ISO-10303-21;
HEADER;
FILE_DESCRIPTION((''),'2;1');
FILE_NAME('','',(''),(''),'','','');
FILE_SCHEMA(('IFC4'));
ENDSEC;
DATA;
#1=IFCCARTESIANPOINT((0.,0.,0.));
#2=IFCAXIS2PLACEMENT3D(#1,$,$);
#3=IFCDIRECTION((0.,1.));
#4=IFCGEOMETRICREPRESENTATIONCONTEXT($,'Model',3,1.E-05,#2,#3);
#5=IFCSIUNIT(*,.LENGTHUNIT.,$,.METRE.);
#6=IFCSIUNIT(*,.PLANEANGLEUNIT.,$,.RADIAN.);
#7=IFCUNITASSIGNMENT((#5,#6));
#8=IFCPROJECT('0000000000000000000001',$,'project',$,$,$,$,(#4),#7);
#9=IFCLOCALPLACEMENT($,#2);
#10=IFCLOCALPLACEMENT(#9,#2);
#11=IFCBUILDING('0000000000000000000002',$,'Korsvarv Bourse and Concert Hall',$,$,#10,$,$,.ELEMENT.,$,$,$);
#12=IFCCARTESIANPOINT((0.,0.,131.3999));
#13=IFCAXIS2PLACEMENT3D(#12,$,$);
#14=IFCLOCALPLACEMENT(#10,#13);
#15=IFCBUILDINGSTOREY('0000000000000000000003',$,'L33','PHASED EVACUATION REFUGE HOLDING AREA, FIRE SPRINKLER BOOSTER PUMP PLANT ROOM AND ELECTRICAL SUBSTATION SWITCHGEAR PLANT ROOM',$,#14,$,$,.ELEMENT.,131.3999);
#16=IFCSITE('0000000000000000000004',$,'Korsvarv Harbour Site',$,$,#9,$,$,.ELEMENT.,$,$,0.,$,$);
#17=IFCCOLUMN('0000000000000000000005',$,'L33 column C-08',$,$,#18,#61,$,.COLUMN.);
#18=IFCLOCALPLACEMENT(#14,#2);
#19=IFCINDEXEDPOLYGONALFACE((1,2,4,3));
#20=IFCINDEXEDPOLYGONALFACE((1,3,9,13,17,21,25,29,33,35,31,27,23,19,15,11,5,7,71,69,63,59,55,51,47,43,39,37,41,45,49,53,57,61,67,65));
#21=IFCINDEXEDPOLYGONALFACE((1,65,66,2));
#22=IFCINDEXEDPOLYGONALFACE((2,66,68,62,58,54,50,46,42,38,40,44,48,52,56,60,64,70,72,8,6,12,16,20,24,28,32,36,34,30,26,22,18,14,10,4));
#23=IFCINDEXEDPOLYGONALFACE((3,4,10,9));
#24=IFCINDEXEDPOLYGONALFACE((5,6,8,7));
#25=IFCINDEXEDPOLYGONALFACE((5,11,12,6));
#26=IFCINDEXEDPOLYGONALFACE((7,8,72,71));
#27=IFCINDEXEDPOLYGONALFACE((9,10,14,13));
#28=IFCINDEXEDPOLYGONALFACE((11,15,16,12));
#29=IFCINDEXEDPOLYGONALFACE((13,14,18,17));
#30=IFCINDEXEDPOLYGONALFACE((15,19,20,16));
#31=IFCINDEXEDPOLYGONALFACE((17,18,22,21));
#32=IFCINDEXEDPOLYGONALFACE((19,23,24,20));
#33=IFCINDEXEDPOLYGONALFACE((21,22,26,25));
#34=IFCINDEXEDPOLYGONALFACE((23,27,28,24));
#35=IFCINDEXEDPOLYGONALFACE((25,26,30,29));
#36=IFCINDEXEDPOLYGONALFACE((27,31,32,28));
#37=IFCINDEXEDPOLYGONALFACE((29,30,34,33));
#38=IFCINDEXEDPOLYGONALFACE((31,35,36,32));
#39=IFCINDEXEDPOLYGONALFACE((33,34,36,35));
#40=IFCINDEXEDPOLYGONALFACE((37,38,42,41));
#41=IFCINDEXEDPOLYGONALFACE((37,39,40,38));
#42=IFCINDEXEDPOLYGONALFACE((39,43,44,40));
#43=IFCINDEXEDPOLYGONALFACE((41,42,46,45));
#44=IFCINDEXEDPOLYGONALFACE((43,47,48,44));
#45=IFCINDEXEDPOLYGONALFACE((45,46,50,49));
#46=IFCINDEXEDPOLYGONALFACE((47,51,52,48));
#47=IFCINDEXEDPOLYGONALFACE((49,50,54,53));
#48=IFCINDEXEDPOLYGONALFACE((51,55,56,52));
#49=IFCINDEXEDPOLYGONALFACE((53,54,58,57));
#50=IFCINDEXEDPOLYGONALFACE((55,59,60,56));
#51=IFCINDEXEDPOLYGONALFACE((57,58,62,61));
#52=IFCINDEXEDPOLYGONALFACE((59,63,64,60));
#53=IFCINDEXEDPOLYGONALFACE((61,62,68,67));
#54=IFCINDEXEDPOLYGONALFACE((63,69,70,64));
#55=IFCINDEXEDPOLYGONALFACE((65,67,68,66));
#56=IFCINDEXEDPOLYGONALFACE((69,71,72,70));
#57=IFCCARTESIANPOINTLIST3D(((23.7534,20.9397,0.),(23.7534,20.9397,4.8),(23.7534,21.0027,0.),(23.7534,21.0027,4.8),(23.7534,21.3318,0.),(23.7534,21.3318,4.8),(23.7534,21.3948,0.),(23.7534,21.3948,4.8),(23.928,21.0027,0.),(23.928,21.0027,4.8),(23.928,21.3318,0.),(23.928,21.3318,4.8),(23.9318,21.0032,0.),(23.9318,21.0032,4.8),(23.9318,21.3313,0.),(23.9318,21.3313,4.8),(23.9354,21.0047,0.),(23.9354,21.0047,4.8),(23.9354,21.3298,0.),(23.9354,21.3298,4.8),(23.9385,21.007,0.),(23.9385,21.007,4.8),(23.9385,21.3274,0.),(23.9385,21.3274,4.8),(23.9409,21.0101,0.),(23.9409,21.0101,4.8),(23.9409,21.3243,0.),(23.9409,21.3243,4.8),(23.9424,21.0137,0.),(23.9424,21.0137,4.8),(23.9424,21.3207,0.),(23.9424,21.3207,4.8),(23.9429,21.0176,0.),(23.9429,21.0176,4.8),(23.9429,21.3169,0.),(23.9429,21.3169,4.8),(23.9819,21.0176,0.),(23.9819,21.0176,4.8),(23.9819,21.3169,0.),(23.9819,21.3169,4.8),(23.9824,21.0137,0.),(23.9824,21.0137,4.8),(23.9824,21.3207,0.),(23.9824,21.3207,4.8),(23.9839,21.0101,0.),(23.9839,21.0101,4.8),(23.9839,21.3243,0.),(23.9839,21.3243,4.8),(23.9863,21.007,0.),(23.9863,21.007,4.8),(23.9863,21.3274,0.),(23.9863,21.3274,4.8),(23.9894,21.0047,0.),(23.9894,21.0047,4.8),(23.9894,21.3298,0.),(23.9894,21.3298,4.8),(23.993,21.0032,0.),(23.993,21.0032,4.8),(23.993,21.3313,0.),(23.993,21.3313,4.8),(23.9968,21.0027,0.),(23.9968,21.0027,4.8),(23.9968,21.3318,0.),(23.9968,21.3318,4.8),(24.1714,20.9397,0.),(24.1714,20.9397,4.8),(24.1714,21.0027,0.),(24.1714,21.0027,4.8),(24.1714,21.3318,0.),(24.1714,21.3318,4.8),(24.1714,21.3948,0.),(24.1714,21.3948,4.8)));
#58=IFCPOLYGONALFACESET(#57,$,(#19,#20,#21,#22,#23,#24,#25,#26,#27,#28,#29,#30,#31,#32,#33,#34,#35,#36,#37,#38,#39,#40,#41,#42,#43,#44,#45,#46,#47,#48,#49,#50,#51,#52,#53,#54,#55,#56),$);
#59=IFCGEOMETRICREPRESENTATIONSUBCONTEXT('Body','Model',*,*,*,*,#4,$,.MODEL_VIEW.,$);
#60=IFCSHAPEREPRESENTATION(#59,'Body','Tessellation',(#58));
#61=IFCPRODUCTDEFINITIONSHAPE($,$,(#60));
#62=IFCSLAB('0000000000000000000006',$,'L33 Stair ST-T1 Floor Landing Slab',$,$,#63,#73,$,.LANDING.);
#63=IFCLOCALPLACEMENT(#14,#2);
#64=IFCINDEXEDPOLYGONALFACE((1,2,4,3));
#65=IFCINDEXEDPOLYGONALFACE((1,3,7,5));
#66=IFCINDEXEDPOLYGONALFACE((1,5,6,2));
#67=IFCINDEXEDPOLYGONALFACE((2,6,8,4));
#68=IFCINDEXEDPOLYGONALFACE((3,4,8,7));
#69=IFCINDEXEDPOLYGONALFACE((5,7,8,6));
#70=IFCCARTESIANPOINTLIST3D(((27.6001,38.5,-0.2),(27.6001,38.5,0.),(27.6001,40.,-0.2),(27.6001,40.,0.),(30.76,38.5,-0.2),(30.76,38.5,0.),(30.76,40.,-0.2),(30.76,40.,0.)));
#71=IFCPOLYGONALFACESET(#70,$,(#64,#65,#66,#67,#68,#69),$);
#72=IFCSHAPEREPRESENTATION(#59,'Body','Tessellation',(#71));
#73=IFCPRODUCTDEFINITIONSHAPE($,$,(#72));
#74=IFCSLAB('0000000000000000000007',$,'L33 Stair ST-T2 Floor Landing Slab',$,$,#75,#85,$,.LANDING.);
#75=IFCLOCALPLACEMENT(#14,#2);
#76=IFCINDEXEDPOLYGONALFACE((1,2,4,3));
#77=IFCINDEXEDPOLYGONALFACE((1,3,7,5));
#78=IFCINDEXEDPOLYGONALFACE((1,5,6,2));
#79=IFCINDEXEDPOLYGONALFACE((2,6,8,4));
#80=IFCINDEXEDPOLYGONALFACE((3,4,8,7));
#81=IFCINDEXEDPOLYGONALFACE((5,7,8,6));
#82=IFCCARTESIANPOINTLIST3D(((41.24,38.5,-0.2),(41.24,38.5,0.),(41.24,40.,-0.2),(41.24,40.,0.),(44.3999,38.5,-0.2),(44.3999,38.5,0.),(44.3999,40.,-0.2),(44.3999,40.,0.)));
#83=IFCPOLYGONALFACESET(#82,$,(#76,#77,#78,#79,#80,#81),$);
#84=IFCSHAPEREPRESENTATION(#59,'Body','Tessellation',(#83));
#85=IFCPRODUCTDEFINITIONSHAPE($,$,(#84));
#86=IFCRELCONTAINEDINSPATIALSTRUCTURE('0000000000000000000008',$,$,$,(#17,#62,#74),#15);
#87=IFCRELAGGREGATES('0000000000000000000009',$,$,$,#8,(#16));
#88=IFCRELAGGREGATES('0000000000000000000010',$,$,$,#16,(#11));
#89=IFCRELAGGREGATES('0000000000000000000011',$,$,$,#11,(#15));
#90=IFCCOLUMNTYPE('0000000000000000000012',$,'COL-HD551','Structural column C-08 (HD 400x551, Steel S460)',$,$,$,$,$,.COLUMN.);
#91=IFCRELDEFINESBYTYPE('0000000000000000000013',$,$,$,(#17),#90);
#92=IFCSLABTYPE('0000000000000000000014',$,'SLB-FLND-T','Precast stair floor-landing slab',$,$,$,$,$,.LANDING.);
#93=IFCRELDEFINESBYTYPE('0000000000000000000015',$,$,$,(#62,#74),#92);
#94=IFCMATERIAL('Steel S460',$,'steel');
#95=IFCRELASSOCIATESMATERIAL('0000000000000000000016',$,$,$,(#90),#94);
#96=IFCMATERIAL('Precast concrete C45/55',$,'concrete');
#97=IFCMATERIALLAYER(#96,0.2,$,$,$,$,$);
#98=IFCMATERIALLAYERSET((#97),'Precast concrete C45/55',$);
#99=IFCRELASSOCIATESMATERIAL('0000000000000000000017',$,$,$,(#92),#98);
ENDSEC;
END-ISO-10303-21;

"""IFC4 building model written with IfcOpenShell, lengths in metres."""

from ifc_helpers import new_model, si_unit, direction, frame, origin, origin_2d, place, context, subcontext, project, spatial, polyline, i_section, outline, extrude, source, transform, mapped, material, layer, layer_set, material_profile, profile_set, type_object, element, save


model = new_model("IFC4")

# Units and contexts
model_context = context("Model", 3, precision=1e-05, world=origin(), true_north=direction((0.0, 1.0)))
body_context = subcontext(model_context, "Body", "Model", "MODEL_VIEW")
ifc_project = project(units=[si_unit("LENGTHUNIT", "METRE"), si_unit("PLANEANGLEUNIT", "RADIAN")], contexts=[model_context])

# Site, building, storey
site_placement = place(None, origin())
site = spatial("IfcSite", under=ifc_project, at=site_placement, Name="Korsvarv Harbour Site", CompositionType="ELEMENT", RefElevation=0.0)
building_placement = place(site_placement, origin())
building = spatial("IfcBuilding", under=site, at=building_placement, Name="Korsvarv Bourse and Concert Hall", CompositionType="ELEMENT")
storey_placement = place(building_placement, frame((0.0, 0.0, 131.3999)))
storey = spatial("IfcBuildingStorey", under=building, at=storey_placement, Name="L33", Description="PHASED EVACUATION REFUGE HOLDING AREA, FIRE SPRINKLER BOOSTER PUMP PLANT ROOM AND ELECTRICAL SUBSTATION SWITCHGEAR PLANT ROOM", CompositionType="ELEMENT", Elevation=131.3999)

# Column
ifc_material_1 = material(Name="Steel S460", Category="steel")
ifc_material_profile = material_profile(ifc_material_1, i_section(OverallWidth=0.418, OverallDepth=0.4551, WebThickness=0.0391, FlangeThickness=0.063, FilletRadius=0.0149, at=origin_2d()), Name="HD 400x551")
ifc_profile_set = profile_set([ifc_material_profile], Name="Steel S460")
column_type = type_object("IfcColumnType", Name="COL-HD551", Description="Structural column C-08 (HD 400x551, Steel S460)", PredefinedType="COLUMN", material=ifc_profile_set)
shared_shape = source(origin(), body_context, "Body", "SweptSolid", [
    extrude(i_section(OverallWidth=0.418, OverallDepth=0.4551, WebThickness=0.0391, FlangeThickness=0.063, FilletRadius=0.0149, at=origin_2d()), origin(), (0.0, 0.0, 1.0), 4.8),
])
column_placement = place(storey_placement, frame((23.9624, 21.1672, 0.0), z_axis=(0.0, 0.0, 1.0), x_axis=(1.0, 0.0, 0.0)))
element("IfcColumn", 1, at=column_placement, inside=storey, type_object=column_type, Name="L33 column C-08", PredefinedType="COLUMN", context=body_context, shape_type="MappedRepresentation", body=[
    mapped(shared_shape, transform((0.0, 0.0, 0.0), scale=1.0)),
])

# Slabs
ifc_material_2 = material(Name="Precast concrete C45/55", Category="concrete")
ifc_layer_1 = layer(ifc_material_2, 0.2)
ifc_layer_set_1 = layer_set([ifc_layer_1], Name="Precast concrete C45/55")
slab_type_1 = type_object("IfcSlabType", Name="SLB-FLND-T", Description="Precast stair floor-landing slab", PredefinedType="LANDING", material=ifc_layer_set_1)
slab_1_placement = place(storey_placement, frame((0.0, 0.0, -0.2)))
element("IfcSlab", 2, at=slab_1_placement, inside=storey, type_object=slab_type_1, Name="L33 Stair ST-T1 Floor Landing Slab", PredefinedType="LANDING", context=body_context, shape_type="SweptSolid", body=[
    extrude(outline(polyline([(30.76, 38.5), (30.76, 40.0), (27.6001, 40.0), (27.6001, 38.5), (30.76, 38.5)])), origin(), (0.0, 0.0, 1.0), 0.2),
])
slab_2_placement = place(storey_placement, frame((0.0, 0.0, -0.2)))
element("IfcSlab", 3, at=slab_2_placement, inside=storey, type_object=slab_type_1, Name="L33 Stair ST-T2 Floor Landing Slab", PredefinedType="LANDING", context=body_context, shape_type="SweptSolid", body=[
    extrude(outline(polyline([(44.3999, 38.5), (44.3999, 40.0), (41.24, 40.0), (41.24, 38.5), (44.3999, 38.5)])), origin(), (0.0, 0.0, 1.0), 0.2),
])

save(model, "model.ifc")
